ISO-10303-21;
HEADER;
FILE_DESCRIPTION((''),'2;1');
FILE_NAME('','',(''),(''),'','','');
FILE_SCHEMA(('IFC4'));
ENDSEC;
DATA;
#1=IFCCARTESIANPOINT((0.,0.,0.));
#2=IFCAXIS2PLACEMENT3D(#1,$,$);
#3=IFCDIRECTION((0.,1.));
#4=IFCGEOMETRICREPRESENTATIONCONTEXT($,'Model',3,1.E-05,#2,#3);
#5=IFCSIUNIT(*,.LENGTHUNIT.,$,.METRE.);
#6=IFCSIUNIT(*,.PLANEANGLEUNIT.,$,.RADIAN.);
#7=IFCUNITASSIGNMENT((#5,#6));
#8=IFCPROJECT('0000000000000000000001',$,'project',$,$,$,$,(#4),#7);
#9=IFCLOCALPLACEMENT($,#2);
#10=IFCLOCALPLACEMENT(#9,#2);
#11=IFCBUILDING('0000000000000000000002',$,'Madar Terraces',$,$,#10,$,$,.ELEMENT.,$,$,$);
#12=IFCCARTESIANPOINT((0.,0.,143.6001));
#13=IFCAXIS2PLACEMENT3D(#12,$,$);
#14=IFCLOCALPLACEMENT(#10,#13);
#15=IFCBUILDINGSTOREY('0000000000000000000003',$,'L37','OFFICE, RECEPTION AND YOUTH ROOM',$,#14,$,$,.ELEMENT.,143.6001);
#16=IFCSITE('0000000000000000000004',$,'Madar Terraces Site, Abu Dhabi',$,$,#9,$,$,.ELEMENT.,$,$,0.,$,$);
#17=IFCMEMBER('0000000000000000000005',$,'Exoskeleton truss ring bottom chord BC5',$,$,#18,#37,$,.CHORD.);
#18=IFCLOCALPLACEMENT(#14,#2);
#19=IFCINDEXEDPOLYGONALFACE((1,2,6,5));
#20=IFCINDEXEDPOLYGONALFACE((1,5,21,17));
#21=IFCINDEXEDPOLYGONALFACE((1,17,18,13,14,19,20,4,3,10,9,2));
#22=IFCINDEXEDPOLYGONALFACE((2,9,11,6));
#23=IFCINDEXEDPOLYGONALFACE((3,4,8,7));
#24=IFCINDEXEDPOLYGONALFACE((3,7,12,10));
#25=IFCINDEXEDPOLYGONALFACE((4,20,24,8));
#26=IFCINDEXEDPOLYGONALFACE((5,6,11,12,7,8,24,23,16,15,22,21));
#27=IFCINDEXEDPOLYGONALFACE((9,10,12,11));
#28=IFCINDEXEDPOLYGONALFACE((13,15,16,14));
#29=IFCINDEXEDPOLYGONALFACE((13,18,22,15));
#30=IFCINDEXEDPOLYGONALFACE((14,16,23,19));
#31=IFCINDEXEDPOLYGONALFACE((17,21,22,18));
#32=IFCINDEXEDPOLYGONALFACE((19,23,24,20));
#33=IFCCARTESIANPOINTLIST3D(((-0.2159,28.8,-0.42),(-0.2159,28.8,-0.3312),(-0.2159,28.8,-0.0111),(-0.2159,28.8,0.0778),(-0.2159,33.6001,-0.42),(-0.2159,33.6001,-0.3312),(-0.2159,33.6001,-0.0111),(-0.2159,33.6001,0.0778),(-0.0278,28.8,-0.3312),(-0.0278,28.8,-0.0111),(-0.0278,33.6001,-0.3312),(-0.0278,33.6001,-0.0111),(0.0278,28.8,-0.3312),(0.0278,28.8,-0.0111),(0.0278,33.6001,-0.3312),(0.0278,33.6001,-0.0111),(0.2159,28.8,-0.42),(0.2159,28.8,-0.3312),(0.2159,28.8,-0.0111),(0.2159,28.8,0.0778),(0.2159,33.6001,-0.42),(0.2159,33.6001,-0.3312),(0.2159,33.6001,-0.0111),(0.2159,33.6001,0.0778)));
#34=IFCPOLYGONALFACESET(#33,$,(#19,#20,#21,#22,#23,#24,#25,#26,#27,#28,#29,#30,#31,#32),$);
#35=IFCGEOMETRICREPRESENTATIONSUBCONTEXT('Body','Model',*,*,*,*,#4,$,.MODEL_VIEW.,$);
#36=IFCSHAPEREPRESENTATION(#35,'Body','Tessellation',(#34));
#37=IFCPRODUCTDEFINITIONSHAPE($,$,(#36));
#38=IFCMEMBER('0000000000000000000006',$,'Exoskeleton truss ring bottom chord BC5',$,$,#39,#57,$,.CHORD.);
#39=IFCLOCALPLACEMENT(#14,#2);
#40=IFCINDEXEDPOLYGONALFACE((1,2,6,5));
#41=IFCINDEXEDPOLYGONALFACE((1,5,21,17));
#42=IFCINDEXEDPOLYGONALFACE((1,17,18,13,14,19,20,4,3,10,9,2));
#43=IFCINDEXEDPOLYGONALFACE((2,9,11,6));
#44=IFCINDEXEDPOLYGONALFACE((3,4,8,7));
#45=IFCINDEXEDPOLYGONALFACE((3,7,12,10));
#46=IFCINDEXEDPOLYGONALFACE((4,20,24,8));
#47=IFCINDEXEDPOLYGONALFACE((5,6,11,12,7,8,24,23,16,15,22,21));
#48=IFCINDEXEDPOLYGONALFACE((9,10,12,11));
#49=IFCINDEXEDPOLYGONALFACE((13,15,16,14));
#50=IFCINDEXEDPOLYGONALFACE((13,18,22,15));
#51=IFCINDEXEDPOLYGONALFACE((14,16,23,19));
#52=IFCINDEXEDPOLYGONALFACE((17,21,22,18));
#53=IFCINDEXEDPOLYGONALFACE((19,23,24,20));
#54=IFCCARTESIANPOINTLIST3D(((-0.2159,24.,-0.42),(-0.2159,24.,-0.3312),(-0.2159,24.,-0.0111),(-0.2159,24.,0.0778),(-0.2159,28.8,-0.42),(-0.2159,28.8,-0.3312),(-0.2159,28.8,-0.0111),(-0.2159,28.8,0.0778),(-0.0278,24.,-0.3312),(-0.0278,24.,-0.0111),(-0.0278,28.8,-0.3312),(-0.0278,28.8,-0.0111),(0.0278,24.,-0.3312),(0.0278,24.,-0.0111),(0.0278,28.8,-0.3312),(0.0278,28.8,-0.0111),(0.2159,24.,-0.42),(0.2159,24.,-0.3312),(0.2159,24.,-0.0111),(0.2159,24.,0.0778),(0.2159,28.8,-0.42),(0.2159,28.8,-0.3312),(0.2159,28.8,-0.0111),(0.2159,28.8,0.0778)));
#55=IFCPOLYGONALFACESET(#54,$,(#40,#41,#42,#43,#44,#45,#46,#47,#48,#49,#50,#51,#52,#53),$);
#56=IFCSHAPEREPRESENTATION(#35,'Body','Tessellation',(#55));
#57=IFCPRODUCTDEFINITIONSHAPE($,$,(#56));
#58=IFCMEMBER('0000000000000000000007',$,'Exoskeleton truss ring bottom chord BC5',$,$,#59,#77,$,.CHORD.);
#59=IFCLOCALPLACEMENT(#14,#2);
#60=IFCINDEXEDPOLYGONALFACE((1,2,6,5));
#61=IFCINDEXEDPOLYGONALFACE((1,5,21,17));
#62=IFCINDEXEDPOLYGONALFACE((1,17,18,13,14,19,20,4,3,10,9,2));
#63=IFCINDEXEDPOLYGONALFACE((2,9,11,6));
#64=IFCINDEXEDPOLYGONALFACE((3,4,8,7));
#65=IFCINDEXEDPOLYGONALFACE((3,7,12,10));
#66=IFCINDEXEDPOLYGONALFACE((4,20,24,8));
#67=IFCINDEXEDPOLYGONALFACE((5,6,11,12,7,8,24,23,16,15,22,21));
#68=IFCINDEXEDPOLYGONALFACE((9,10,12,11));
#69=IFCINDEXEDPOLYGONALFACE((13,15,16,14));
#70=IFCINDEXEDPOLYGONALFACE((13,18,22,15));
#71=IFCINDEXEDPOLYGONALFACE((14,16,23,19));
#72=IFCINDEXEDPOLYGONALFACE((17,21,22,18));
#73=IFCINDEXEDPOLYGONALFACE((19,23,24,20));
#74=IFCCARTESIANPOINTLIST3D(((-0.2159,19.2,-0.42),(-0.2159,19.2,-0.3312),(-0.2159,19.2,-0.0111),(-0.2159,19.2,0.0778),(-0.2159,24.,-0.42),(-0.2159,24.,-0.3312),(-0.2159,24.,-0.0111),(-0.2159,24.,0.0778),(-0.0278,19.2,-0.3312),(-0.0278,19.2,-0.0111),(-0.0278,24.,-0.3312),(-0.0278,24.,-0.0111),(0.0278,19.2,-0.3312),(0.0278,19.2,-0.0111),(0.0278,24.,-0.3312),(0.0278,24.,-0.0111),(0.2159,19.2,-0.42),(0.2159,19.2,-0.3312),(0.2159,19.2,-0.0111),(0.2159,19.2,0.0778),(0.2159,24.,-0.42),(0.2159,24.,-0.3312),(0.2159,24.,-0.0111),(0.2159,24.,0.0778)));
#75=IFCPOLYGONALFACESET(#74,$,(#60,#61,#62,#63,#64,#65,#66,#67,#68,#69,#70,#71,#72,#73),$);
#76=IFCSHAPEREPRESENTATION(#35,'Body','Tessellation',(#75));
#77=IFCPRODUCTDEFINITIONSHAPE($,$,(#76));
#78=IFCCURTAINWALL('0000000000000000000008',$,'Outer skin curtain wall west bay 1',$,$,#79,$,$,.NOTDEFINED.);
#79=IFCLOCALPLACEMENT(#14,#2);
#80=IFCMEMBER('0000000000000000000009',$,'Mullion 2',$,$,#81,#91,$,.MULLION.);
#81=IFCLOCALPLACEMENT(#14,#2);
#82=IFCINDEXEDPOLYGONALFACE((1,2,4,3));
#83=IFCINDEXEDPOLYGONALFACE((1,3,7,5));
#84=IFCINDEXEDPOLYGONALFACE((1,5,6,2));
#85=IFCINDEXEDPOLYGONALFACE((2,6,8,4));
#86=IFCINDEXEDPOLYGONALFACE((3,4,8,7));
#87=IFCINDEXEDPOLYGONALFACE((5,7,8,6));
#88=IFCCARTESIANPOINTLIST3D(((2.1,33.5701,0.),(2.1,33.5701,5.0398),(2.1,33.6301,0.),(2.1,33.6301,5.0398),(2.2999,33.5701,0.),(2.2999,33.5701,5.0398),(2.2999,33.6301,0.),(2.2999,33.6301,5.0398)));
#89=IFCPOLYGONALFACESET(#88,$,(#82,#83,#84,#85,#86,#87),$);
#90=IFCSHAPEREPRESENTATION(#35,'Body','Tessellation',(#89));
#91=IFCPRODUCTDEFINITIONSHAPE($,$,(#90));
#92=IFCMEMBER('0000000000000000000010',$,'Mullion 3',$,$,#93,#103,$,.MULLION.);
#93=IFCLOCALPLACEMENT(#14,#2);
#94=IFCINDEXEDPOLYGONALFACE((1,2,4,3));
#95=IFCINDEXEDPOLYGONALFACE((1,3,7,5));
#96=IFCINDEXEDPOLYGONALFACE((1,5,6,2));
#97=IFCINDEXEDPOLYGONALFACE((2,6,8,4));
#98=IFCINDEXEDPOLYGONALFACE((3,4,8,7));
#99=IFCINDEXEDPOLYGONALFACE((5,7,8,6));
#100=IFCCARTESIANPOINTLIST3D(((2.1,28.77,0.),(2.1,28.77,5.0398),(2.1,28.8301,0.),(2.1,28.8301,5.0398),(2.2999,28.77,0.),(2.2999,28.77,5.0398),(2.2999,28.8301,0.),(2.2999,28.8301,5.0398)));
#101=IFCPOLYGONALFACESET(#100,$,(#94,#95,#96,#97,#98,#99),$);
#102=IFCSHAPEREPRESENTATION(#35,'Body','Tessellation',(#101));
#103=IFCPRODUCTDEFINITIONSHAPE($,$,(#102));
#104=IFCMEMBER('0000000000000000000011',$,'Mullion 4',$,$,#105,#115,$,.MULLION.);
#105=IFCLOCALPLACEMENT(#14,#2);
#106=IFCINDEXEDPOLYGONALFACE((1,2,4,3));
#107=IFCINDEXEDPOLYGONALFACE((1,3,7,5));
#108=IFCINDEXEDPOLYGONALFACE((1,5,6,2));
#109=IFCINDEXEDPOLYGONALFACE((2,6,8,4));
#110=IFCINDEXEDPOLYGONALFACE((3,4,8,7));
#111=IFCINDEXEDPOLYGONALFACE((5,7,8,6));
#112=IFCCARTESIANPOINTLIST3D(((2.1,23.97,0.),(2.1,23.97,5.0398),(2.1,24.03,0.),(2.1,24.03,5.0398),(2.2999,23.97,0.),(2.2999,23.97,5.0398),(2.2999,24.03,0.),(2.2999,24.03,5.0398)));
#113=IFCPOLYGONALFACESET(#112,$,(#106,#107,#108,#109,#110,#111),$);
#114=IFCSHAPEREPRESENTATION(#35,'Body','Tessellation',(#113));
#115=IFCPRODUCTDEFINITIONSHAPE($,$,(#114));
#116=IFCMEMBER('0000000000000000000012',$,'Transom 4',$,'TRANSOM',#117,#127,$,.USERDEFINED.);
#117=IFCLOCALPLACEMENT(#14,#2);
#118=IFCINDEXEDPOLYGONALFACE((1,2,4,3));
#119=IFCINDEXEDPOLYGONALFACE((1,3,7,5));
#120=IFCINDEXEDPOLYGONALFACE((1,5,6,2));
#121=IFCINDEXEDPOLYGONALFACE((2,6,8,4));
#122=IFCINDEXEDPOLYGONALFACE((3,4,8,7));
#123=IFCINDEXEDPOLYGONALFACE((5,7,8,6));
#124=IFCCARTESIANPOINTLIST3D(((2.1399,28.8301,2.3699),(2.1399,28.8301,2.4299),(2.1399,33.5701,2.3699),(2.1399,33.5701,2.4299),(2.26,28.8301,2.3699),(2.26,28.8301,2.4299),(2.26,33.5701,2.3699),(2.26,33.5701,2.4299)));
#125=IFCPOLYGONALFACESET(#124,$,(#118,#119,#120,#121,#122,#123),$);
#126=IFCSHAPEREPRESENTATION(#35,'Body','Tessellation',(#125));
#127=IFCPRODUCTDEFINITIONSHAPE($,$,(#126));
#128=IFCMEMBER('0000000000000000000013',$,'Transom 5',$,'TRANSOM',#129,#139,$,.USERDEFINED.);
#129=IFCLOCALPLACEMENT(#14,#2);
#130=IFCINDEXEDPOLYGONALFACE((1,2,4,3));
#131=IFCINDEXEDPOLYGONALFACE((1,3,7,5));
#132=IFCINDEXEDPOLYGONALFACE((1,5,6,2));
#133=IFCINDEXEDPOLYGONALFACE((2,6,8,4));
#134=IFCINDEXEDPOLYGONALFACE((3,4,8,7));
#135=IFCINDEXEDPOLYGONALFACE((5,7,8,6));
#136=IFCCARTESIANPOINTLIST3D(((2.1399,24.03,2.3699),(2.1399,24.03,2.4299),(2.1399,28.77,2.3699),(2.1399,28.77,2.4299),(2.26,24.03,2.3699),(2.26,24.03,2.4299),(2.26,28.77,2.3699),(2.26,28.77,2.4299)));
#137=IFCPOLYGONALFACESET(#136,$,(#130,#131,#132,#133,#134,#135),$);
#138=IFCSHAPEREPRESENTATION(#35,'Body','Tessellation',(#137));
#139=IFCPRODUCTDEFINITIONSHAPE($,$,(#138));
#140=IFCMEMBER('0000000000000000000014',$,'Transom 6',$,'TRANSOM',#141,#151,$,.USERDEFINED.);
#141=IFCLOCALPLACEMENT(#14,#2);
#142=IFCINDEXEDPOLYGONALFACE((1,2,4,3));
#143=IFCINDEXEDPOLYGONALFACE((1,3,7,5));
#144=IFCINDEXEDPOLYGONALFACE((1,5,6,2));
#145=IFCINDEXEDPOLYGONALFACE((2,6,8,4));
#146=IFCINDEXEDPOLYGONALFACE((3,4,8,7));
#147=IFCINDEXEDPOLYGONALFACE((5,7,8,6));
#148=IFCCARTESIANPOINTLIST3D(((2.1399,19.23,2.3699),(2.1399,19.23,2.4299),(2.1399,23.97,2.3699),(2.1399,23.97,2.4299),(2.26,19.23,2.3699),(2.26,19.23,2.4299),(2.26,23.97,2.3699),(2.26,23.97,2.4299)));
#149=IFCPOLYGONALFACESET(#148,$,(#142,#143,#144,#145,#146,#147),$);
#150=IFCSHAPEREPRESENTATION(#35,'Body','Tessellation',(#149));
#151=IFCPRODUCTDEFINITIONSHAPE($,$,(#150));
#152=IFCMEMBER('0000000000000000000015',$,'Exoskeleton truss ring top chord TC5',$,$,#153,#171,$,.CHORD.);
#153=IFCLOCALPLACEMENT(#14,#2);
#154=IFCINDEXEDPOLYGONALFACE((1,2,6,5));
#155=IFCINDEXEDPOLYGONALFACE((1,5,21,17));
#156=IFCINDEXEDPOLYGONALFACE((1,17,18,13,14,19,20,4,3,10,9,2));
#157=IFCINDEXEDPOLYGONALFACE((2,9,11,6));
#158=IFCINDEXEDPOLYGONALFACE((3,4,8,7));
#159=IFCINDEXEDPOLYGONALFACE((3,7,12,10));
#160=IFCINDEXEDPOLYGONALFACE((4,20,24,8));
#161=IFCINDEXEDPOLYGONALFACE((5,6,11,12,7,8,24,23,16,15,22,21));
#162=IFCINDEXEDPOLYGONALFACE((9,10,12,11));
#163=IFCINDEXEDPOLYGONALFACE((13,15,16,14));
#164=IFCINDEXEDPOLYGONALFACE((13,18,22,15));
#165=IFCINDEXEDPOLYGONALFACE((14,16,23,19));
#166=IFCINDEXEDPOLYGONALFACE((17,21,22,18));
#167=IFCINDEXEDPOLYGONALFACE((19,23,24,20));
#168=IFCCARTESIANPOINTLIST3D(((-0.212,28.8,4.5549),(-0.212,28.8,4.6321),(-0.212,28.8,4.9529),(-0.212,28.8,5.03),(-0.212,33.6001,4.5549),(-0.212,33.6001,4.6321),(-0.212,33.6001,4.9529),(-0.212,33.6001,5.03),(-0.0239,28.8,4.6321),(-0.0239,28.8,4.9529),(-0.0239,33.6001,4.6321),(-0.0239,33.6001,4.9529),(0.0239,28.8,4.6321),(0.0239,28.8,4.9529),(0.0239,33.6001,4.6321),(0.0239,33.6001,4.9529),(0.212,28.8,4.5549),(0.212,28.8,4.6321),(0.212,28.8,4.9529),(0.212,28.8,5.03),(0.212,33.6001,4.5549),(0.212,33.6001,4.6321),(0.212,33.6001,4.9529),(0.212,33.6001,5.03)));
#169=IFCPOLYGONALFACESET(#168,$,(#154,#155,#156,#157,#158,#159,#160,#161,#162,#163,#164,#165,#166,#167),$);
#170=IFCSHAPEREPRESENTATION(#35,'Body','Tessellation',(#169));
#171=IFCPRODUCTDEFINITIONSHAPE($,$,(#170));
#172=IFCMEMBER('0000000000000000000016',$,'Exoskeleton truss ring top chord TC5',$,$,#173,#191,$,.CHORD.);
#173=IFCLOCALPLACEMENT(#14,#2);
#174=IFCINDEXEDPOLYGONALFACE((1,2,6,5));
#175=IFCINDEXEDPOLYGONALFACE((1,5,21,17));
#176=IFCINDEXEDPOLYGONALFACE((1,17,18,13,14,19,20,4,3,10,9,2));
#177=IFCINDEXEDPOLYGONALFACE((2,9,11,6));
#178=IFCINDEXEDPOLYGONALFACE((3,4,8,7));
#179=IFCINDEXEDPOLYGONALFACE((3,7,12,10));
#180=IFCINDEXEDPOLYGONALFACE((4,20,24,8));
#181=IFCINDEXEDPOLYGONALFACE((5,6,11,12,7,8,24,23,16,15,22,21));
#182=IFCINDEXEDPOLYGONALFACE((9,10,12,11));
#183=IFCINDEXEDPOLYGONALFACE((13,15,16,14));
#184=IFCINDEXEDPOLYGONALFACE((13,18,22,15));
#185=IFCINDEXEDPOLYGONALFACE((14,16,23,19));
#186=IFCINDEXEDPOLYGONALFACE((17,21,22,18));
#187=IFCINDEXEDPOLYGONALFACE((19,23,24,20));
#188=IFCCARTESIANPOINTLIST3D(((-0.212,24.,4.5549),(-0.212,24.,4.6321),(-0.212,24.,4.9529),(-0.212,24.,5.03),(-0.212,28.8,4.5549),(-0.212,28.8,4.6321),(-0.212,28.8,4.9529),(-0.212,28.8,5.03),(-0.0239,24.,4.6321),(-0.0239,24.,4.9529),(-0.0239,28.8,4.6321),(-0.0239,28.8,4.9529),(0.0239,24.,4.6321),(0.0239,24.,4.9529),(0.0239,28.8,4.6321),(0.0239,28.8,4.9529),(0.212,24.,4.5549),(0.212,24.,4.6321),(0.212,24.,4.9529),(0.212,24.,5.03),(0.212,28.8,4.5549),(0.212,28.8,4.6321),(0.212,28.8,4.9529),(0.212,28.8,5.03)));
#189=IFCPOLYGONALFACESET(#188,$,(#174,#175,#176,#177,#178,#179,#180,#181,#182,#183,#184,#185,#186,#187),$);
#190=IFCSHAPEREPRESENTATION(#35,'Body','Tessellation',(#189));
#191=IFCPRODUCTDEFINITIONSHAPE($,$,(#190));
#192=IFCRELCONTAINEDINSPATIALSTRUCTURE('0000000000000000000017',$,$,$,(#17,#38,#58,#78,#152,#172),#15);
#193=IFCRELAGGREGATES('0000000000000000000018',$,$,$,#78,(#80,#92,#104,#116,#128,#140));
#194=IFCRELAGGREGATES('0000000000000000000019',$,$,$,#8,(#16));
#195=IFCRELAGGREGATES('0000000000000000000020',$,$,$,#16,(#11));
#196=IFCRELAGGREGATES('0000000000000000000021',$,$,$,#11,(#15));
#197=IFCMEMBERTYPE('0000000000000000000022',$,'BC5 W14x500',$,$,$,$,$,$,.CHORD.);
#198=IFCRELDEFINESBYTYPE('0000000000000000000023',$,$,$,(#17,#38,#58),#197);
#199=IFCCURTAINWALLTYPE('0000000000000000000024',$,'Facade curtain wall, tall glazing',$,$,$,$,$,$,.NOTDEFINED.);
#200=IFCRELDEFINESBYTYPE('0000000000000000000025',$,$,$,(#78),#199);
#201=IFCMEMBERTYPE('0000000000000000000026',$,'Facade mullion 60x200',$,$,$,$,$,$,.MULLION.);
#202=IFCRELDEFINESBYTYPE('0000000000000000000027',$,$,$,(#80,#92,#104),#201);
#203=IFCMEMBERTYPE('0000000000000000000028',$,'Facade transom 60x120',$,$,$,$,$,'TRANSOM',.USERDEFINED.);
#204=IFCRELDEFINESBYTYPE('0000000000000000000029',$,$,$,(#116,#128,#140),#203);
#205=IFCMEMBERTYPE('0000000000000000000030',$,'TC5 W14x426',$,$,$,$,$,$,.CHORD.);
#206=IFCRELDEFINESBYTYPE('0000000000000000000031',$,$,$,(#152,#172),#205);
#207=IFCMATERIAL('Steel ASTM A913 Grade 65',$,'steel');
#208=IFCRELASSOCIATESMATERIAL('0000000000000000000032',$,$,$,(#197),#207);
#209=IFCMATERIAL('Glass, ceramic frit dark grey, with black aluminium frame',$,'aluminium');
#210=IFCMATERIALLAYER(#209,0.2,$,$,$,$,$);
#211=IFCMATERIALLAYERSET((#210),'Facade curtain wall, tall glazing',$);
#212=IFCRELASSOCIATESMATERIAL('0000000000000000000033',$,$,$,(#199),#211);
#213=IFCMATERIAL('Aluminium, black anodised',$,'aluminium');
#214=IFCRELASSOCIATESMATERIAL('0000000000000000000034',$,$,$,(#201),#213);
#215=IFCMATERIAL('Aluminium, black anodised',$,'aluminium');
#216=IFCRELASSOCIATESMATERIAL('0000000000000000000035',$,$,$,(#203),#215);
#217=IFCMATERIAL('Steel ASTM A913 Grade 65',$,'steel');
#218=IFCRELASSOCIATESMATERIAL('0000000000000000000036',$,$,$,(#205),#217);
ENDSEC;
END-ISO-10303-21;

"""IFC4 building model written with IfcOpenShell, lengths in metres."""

from ifc_helpers import new_model, si_unit, direction, frame, origin, origin_2d, place, context, subcontext, project, spatial, rectangle, i_section, extrude, material, layer, layer_set, material_profile, profile_set, type_object, element, aggregate, save


model = new_model("IFC4")

# Units and contexts
model_context = context("Model", 3, precision=1e-05, world=origin(), true_north=direction((0.0, 1.0)))
body_context = subcontext(model_context, "Body", "Model", "MODEL_VIEW")
ifc_project = project(units=[si_unit("LENGTHUNIT", "METRE"), si_unit("PLANEANGLEUNIT", "RADIAN")], contexts=[model_context])

# Site, building, storey
site_placement = place(None, origin())
site = spatial("IfcSite", under=ifc_project, at=site_placement, Name="Madar Terraces Site, Abu Dhabi", CompositionType="ELEMENT", RefElevation=0.0)
building_placement = place(site_placement, origin())
building = spatial("IfcBuilding", under=site, at=building_placement, Name="Madar Terraces", CompositionType="ELEMENT")
storey_placement = place(building_placement, frame((0.0, 0.0, 143.6001)))
storey = spatial("IfcBuildingStorey", under=building, at=storey_placement, Name="L37", Description="OFFICE, RECEPTION AND YOUTH ROOM", CompositionType="ELEMENT", Elevation=143.6001)

# Members
ifc_material_1 = material(Name="Steel ASTM A913 Grade 65", Category="steel")
ifc_material_profile_1 = material_profile(ifc_material_1, i_section(OverallWidth=0.4319, OverallDepth=0.4978, WebThickness=0.0557, FlangeThickness=0.0889, at=origin_2d()), Name="W14x500")
ifc_profile_set_1 = profile_set([ifc_material_profile_1], Name="Steel ASTM A913 Grade 65")
member_type_1 = type_object("IfcMemberType", Name="BC5 W14x500", PredefinedType="CHORD", material=ifc_profile_set_1)
for number, where, z_axis, x_axis, name in (
    (1, (0.0, 33.6001, -0.1711), (0.0, -1.0, 0.0), (1.0, 0.0, 0.0), "Exoskeleton truss ring bottom chord BC5"),
    (2, (0.0, 28.8, -0.1711), (0.0, -1.0, 0.0), (1.0, 0.0, 0.0), "Exoskeleton truss ring bottom chord BC5"),
    (3, (0.0, 24.0, -0.1711), (0.0, -1.0, 0.0), (1.0, 0.0, 0.0), "Exoskeleton truss ring bottom chord BC5"),
):
    element("IfcMember", number, at=place(storey_placement, frame(where, z_axis=z_axis, x_axis=x_axis)), inside=storey, type_object=member_type_1, Name=name, PredefinedType="CHORD", context=body_context, shape_type="SweptSolid", body=[
        extrude(i_section(OverallWidth=0.4319, OverallDepth=0.4978, WebThickness=0.0557, FlangeThickness=0.0889, at=origin_2d()), origin(), (0.0, 0.0, 1.0), 4.8),
    ])

# Curtain wall, members
ifc_material_2 = material(Name="Glass, ceramic frit dark grey, with black aluminium frame", Category="aluminium")
ifc_layer_1 = layer(ifc_material_2, 0.2)
ifc_layer_set_1 = layer_set([ifc_layer_1], Name="Facade curtain wall, tall glazing")
curtain_wall_type = type_object("IfcCurtainWallType", Name="Facade curtain wall, tall glazing", PredefinedType="NOTDEFINED", material=ifc_layer_set_1)
curtain_wall_placement = place(storey_placement, origin())
curtain_wall = element("IfcCurtainWall", 4, at=curtain_wall_placement, inside=storey, type_object=curtain_wall_type, Name="Outer skin curtain wall west bay 1", PredefinedType="NOTDEFINED")
ifc_material_3 = material(Name="Aluminium, black anodised", Category="aluminium")
ifc_material_profile_2 = material_profile(ifc_material_3, rectangle(XDim=0.2, YDim=0.0601, at=origin_2d()), Name="Facade mullion 60x200")
ifc_profile_set_2 = profile_set([ifc_material_profile_2], Name="Aluminium, black anodised")
member_type_2 = type_object("IfcMemberType", Name="Facade mullion 60x200", PredefinedType="MULLION", material=ifc_profile_set_2)
member_1_placement = place(storey_placement, frame((2.2, 33.6001, 0.0), z_axis=(0.0, 0.0, 1.0), x_axis=(1.0, 0.0, 0.0)))
member_1 = element("IfcMember", 5, at=member_1_placement, type_object=member_type_2, Name="Mullion 2", PredefinedType="MULLION", context=body_context, shape_type="SweptSolid", body=[
    extrude(rectangle(XDim=0.2, YDim=0.0601, at=origin_2d()), origin(), (0.0, 0.0, 1.0), 5.0398),
])
member_2_placement = place(storey_placement, frame((2.2, 28.8, 0.0), z_axis=(0.0, 0.0, 1.0), x_axis=(1.0, 0.0, 0.0)))
member_2 = element("IfcMember", 6, at=member_2_placement, type_object=member_type_2, Name="Mullion 3", PredefinedType="MULLION", context=body_context, shape_type="SweptSolid", body=[
    extrude(rectangle(XDim=0.2, YDim=0.0601, at=origin_2d()), origin(), (0.0, 0.0, 1.0), 5.0398),
])
member_3_placement = place(storey_placement, frame((2.2, 24.0, 0.0), z_axis=(0.0, 0.0, 1.0), x_axis=(1.0, 0.0, 0.0)))
member_3 = element("IfcMember", 7, at=member_3_placement, type_object=member_type_2, Name="Mullion 4", PredefinedType="MULLION", context=body_context, shape_type="SweptSolid", body=[
    extrude(rectangle(XDim=0.2, YDim=0.0601, at=origin_2d()), origin(), (0.0, 0.0, 1.0), 5.0398),
])
ifc_material_4 = material(Name="Aluminium, black anodised", Category="aluminium")
ifc_material_profile_3 = material_profile(ifc_material_4, rectangle(XDim=0.1201, YDim=0.0601, at=origin_2d()), Name="Facade transom 60x120")
ifc_profile_set_3 = profile_set([ifc_material_profile_3], Name="Aluminium, black anodised")
member_type_3 = type_object("IfcMemberType", Name="Facade transom 60x120", ElementType="TRANSOM", PredefinedType="USERDEFINED", material=ifc_profile_set_3)
member_4_placement = place(storey_placement, frame((2.2, 33.5701, 2.3999), z_axis=(0.0, -1.0, 0.0), x_axis=(1.0, 0.0, 0.0)))
member_4 = element("IfcMember", 8, at=member_4_placement, type_object=member_type_3, Name="Transom 4", ObjectType="TRANSOM", PredefinedType="USERDEFINED", context=body_context, shape_type="SweptSolid", body=[
    extrude(rectangle(XDim=0.1201, YDim=0.0601, at=origin_2d()), origin(), (0.0, 0.0, 1.0), 4.74),
])
member_5_placement = place(storey_placement, frame((2.2, 28.77, 2.3999), z_axis=(0.0, -1.0, 0.0), x_axis=(1.0, 0.0, 0.0)))
member_5 = element("IfcMember", 9, at=member_5_placement, type_object=member_type_3, Name="Transom 5", ObjectType="TRANSOM", PredefinedType="USERDEFINED", context=body_context, shape_type="SweptSolid", body=[
    extrude(rectangle(XDim=0.1201, YDim=0.0601, at=origin_2d()), origin(), (0.0, 0.0, 1.0), 4.74),
])
member_6_placement = place(storey_placement, frame((2.2, 23.97, 2.3999), z_axis=(0.0, -1.0, 0.0), x_axis=(1.0, 0.0, 0.0)))
member_6 = element("IfcMember", 10, at=member_6_placement, type_object=member_type_3, Name="Transom 6", ObjectType="TRANSOM", PredefinedType="USERDEFINED", context=body_context, shape_type="SweptSolid", body=[
    extrude(rectangle(XDim=0.1201, YDim=0.0601, at=origin_2d()), origin(), (0.0, 0.0, 1.0), 4.74),
])

# Members
ifc_material_5 = material(Name="Steel ASTM A913 Grade 65", Category="steel")
ifc_material_profile_4 = material_profile(ifc_material_5, i_section(OverallWidth=0.4241, OverallDepth=0.4751, WebThickness=0.0479, FlangeThickness=0.0771, at=origin_2d()), Name="W14x426")
ifc_profile_set_4 = profile_set([ifc_material_profile_4], Name="Steel ASTM A913 Grade 65")
member_type_4 = type_object("IfcMemberType", Name="TC5 W14x426", PredefinedType="CHORD", material=ifc_profile_set_4)
for number, where, z_axis, x_axis, name in (
    (11, (0.0, 33.6001, 4.7925), (0.0, -1.0, 0.0), (1.0, 0.0, 0.0), "Exoskeleton truss ring top chord TC5"),
    (12, (0.0, 28.8, 4.7925), (0.0, -1.0, 0.0), (1.0, 0.0, 0.0), "Exoskeleton truss ring top chord TC5"),
):
    element("IfcMember", number, at=place(storey_placement, frame(where, z_axis=z_axis, x_axis=x_axis)), inside=storey, type_object=member_type_4, Name=name, PredefinedType="CHORD", context=body_context, shape_type="SweptSolid", body=[
        extrude(i_section(OverallWidth=0.4241, OverallDepth=0.4751, WebThickness=0.0479, FlangeThickness=0.0771, at=origin_2d()), origin(), (0.0, 0.0, 1.0), 4.8),
    ])

aggregate(curtain_wall, [member_1, member_2, member_3, member_4, member_5, member_6])

save(model, "model.ifc")
